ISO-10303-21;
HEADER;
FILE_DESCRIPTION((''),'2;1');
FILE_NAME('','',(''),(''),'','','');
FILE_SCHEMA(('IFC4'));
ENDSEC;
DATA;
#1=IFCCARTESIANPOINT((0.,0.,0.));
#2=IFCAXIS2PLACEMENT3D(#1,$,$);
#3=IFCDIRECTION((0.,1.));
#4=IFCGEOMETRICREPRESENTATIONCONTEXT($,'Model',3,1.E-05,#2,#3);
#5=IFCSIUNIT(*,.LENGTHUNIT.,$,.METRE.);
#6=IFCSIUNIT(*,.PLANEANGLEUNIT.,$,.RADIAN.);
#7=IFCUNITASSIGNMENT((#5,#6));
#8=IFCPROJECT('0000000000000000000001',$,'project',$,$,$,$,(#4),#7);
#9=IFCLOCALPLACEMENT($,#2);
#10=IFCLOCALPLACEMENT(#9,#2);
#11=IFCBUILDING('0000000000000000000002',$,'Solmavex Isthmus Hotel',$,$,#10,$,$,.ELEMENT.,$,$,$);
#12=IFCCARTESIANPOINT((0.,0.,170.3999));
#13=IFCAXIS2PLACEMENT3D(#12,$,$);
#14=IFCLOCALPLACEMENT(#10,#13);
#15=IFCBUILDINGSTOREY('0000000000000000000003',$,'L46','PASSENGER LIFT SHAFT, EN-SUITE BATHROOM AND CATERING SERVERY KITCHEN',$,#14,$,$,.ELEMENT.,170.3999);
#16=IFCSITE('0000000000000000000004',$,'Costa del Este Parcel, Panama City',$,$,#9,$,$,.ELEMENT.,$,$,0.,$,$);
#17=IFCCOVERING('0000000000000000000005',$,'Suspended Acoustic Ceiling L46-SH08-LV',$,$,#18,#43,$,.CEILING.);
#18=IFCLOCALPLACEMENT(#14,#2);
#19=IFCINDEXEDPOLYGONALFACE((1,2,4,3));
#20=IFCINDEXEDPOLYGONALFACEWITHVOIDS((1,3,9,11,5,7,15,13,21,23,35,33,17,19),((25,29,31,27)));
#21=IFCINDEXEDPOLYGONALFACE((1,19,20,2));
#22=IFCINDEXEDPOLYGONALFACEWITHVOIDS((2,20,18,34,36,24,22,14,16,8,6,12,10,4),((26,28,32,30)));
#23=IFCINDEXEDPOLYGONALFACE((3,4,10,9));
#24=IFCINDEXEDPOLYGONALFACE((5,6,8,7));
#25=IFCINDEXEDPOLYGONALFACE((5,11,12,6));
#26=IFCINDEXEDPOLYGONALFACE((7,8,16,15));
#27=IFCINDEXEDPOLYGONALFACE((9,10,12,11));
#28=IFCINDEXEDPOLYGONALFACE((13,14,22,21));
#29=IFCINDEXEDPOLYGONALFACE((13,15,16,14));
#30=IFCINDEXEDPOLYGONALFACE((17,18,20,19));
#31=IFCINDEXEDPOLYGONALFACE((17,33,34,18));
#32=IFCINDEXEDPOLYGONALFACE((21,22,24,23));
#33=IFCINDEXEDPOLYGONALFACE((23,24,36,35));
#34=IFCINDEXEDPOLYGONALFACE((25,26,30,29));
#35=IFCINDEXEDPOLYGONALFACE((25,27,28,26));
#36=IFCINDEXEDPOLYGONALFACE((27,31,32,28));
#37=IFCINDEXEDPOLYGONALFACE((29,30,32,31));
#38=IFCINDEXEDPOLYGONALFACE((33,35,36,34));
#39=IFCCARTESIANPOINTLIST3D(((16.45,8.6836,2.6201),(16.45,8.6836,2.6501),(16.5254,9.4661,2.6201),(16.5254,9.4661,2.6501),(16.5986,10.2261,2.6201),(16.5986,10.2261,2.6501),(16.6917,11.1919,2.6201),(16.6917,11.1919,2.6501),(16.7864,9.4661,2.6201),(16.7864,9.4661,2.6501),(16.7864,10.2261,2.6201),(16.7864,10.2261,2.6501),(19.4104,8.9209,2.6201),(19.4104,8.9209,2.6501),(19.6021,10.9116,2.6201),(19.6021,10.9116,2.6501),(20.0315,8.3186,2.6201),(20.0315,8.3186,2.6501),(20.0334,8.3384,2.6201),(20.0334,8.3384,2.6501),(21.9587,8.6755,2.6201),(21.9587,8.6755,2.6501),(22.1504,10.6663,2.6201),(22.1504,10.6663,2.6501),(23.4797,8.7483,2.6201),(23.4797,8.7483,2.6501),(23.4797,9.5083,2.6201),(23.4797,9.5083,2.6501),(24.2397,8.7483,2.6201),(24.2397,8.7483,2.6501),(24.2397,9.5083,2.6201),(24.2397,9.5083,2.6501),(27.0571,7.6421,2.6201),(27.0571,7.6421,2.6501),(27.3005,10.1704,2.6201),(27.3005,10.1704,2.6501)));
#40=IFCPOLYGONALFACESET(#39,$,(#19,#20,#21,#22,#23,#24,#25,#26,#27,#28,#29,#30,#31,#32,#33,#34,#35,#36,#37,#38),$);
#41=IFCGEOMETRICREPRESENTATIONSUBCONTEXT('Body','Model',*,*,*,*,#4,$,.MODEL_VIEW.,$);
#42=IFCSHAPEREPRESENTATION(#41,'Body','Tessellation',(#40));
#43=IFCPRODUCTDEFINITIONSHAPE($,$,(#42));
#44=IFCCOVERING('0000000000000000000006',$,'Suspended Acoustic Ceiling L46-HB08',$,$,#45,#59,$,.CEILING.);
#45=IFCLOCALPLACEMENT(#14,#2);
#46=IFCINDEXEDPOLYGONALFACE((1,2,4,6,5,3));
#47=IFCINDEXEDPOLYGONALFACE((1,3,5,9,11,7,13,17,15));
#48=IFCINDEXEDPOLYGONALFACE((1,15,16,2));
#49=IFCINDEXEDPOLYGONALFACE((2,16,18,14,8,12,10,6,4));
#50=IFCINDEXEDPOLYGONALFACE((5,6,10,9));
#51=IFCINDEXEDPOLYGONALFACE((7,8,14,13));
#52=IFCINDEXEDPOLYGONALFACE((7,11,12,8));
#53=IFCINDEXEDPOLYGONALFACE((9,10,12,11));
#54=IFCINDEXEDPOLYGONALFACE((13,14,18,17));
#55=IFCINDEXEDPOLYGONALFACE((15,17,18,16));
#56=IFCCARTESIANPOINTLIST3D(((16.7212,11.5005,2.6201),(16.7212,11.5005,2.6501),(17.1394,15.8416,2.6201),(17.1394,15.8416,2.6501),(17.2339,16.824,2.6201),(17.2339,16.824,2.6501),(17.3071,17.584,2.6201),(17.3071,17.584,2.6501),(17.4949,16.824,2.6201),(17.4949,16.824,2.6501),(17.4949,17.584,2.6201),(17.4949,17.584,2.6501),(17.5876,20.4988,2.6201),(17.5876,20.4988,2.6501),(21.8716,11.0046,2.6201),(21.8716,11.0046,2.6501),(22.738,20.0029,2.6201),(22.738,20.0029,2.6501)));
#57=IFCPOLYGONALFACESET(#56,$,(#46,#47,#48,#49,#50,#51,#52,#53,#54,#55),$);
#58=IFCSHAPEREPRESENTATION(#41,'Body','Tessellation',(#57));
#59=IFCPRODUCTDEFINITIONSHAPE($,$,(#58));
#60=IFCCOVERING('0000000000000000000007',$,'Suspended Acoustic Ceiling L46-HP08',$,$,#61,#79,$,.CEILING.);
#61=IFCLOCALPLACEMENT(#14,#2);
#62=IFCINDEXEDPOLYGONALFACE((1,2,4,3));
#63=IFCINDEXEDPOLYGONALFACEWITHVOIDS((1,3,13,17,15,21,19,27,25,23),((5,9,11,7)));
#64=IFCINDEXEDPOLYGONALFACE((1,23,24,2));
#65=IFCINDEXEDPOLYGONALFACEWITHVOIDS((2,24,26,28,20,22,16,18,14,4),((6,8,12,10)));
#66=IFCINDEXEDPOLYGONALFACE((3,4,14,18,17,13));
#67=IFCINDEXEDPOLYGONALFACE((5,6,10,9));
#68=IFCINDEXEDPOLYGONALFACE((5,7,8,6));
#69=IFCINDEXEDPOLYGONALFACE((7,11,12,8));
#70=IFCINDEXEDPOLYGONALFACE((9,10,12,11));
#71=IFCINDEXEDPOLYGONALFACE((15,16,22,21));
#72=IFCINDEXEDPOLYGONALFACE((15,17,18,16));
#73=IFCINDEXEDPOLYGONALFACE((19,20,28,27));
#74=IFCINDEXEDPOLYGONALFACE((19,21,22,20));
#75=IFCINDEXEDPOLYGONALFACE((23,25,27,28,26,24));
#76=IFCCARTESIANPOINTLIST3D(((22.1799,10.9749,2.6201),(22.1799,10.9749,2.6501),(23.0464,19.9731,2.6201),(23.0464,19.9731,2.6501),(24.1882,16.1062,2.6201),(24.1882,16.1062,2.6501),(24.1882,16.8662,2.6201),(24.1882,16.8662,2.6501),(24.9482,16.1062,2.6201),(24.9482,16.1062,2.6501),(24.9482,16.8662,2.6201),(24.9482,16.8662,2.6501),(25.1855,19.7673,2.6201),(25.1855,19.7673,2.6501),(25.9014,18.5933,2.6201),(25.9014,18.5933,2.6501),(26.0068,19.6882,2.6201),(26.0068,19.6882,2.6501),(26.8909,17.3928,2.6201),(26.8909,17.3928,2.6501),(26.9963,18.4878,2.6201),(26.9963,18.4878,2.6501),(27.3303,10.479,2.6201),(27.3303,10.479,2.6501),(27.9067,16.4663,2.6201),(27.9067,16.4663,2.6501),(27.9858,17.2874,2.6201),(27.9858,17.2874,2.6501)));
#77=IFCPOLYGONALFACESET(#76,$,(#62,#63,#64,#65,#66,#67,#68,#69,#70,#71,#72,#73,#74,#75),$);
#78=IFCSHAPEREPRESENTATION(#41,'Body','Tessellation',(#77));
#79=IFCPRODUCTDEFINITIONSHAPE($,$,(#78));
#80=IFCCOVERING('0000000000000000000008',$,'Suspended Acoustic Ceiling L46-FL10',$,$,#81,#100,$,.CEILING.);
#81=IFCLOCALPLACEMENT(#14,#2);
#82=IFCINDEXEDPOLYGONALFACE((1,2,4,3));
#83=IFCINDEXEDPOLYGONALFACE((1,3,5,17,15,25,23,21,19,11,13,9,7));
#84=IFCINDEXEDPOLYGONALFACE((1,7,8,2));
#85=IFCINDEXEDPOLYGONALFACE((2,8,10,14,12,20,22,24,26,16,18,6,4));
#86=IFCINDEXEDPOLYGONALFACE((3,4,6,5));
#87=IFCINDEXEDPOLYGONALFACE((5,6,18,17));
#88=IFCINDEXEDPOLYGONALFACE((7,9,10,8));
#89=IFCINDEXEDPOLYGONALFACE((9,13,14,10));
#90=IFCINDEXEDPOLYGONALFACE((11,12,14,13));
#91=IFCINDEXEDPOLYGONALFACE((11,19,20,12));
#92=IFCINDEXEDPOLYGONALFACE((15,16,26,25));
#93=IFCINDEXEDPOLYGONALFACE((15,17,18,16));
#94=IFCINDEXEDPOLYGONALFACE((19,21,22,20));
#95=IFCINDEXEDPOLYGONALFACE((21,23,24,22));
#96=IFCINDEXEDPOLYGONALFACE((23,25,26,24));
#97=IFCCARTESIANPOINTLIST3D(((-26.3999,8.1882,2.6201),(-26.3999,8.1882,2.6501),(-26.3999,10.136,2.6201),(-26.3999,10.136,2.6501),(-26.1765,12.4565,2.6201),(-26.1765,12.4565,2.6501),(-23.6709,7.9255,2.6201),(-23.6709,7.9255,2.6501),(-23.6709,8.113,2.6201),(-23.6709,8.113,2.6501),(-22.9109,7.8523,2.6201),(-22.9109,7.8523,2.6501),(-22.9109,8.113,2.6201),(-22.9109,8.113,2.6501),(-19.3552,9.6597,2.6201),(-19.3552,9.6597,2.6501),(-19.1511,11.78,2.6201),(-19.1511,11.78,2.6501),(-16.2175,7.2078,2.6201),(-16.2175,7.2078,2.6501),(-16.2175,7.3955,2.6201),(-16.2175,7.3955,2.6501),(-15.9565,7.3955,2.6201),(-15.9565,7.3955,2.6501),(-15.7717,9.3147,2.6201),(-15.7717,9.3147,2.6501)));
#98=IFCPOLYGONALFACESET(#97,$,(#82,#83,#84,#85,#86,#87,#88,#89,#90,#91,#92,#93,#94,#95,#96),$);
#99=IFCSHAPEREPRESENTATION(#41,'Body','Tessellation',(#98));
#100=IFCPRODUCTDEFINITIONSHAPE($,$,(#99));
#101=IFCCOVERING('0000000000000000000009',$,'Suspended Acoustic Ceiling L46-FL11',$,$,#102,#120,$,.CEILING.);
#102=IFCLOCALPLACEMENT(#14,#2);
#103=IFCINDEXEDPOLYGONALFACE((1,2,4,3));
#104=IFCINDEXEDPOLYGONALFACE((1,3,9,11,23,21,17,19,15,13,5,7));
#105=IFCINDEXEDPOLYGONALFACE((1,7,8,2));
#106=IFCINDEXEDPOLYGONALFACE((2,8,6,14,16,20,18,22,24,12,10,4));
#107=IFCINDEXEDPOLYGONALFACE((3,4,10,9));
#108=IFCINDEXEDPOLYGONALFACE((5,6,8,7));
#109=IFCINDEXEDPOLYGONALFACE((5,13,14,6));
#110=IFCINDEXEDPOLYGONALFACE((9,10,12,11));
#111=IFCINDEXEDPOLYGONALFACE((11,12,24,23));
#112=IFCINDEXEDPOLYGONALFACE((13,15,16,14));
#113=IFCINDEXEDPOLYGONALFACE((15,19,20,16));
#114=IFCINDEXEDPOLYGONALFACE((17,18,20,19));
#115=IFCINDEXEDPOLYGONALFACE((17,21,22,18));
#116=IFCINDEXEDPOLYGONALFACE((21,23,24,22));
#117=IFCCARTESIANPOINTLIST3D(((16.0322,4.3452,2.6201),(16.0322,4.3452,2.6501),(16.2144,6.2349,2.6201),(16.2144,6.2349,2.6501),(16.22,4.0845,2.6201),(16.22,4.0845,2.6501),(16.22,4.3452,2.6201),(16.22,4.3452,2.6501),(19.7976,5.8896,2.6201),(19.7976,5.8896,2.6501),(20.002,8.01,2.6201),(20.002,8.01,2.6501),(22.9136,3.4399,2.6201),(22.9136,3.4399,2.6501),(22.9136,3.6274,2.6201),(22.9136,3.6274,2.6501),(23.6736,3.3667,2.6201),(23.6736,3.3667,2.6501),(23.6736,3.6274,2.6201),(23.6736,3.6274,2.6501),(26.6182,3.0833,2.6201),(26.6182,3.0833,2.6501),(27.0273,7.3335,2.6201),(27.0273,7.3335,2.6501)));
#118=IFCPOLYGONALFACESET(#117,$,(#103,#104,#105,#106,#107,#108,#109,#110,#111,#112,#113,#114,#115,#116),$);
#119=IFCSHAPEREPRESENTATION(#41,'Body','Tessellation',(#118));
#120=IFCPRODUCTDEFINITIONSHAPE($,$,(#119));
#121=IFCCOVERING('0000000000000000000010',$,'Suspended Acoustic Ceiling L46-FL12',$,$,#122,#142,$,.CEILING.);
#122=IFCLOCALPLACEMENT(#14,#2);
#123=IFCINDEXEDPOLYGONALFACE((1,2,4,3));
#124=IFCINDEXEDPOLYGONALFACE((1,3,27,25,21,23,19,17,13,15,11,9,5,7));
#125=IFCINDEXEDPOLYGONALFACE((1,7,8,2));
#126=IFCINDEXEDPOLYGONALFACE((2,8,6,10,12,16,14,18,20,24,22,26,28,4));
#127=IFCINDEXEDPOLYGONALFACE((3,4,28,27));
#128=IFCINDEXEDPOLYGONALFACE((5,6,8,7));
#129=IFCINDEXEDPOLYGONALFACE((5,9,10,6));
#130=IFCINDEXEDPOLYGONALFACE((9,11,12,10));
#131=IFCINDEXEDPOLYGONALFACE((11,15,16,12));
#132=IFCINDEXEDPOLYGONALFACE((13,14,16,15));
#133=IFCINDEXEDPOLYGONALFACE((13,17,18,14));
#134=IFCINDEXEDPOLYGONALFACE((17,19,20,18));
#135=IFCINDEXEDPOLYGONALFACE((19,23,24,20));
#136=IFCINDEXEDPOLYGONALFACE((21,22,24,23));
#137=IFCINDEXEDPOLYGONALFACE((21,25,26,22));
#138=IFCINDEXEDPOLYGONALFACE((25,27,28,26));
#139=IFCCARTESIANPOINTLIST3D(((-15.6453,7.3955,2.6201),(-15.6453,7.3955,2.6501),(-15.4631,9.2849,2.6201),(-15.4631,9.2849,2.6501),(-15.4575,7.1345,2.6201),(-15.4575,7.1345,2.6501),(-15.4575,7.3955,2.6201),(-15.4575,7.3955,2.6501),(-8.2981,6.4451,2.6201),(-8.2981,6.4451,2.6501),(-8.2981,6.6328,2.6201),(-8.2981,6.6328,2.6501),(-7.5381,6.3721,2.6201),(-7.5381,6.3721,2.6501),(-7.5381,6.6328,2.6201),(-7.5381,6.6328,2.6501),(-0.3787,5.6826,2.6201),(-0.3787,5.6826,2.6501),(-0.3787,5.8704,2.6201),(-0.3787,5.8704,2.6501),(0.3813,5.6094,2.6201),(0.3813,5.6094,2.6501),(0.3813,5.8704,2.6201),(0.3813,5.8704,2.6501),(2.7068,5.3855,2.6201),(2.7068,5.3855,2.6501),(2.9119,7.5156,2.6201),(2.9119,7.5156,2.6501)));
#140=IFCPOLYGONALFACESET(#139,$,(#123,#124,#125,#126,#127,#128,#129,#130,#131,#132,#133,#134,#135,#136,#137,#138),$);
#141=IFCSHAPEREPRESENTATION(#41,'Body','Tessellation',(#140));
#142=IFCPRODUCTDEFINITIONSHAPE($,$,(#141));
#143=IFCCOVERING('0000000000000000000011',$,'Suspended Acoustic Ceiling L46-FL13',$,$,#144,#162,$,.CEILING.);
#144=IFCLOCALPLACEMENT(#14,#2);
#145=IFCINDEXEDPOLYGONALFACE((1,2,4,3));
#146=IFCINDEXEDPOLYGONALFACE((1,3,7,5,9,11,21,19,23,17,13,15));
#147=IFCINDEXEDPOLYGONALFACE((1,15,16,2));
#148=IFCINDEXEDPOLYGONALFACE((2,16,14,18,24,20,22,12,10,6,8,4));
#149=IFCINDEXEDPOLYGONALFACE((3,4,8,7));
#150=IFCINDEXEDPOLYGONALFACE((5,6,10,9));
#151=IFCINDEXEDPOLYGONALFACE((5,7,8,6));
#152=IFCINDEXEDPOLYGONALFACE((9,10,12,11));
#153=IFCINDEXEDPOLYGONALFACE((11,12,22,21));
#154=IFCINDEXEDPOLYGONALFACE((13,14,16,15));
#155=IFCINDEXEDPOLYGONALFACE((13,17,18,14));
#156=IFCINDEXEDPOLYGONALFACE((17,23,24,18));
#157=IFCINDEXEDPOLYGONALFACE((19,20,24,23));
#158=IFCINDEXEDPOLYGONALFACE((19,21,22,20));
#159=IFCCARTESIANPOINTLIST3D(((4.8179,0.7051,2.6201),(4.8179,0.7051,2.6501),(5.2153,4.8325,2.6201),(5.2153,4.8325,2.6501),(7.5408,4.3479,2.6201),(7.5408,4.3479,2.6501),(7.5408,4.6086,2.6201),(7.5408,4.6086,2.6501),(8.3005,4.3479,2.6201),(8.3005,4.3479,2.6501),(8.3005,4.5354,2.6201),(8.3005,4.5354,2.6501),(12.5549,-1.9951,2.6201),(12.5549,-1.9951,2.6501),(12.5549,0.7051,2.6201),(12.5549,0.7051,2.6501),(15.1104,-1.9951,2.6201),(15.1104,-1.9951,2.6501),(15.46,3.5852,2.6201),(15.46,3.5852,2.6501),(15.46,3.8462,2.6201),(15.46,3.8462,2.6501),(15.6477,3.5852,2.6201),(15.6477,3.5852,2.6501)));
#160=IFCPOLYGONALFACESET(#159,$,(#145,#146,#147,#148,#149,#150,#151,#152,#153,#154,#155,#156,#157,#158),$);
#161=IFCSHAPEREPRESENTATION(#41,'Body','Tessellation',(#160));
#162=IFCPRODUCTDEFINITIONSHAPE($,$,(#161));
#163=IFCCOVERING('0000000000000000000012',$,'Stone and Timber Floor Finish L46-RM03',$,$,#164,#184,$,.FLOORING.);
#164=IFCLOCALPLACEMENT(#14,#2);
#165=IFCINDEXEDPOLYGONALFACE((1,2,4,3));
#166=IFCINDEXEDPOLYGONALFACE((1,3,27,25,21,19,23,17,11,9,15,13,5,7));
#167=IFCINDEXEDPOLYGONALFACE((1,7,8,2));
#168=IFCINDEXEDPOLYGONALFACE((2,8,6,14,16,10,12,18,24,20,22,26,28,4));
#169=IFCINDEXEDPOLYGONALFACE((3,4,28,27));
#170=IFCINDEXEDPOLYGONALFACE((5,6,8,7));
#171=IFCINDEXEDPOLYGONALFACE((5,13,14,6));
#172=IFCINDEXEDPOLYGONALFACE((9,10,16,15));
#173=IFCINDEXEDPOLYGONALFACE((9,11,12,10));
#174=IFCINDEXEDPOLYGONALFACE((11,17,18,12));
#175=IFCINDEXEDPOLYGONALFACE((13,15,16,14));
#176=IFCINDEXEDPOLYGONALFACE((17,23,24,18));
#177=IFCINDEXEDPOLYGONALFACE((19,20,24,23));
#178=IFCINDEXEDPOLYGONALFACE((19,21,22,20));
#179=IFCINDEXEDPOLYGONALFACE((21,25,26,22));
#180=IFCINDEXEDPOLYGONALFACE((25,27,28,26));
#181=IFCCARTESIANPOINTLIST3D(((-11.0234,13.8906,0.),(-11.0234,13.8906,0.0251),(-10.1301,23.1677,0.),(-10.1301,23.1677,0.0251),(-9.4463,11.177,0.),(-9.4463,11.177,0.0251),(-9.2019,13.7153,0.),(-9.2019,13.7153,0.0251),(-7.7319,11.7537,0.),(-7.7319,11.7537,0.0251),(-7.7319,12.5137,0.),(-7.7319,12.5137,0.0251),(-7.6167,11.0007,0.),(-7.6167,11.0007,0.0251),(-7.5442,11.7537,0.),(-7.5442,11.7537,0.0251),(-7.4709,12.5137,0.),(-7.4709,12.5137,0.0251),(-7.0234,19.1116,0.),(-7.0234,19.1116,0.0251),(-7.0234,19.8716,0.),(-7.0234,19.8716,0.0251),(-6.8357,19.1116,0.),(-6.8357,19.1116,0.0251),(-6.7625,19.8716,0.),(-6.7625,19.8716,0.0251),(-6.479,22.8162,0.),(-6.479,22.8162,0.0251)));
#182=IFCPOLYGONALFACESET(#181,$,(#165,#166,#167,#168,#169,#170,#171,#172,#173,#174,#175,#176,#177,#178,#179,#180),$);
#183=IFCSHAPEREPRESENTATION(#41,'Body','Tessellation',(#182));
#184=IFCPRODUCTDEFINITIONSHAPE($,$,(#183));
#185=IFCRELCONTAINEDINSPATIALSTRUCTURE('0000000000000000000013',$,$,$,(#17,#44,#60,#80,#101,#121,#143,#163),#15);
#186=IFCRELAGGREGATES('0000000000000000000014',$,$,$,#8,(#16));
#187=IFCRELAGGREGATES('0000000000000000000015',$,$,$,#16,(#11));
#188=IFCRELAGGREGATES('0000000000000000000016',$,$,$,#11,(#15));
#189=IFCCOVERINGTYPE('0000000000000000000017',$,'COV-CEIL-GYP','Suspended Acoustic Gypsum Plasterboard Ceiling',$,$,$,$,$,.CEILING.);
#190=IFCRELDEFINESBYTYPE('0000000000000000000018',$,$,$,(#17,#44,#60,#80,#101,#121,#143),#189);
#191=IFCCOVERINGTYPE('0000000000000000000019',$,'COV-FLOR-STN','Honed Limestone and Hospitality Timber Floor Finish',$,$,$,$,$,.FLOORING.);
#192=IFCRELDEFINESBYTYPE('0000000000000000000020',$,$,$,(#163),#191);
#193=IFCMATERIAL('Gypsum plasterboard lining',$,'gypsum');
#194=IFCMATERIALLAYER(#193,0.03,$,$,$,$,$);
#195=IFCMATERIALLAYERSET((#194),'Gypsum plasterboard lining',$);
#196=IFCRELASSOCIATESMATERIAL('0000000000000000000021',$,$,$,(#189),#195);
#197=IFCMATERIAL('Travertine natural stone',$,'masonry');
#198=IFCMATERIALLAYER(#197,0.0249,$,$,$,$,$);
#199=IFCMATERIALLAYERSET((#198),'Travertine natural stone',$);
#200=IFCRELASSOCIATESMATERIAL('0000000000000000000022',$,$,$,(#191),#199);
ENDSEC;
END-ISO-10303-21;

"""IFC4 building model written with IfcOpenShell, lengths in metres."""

from ifc_helpers import new_model, si_unit, direction, frame, origin, place, context, subcontext, project, spatial, polyline, outline, extrude, material, layer, layer_set, type_object, element, save


model = new_model("IFC4")

# Units and contexts
model_context = context("Model", 3, precision=1e-05, world=origin(), true_north=direction((0.0, 1.0)))
body_context = subcontext(model_context, "Body", "Model", "MODEL_VIEW")
ifc_project = project(units=[si_unit("LENGTHUNIT", "METRE"), si_unit("PLANEANGLEUNIT", "RADIAN")], contexts=[model_context])

# Site, building, storey
site_placement = place(None, origin())
site = spatial("IfcSite", under=ifc_project, at=site_placement, Name="Costa del Este Parcel, Panama City", CompositionType="ELEMENT", RefElevation=0.0)
building_placement = place(site_placement, origin())
building = spatial("IfcBuilding", under=site, at=building_placement, Name="Solmavex Isthmus Hotel", CompositionType="ELEMENT")
storey_placement = place(building_placement, frame((0.0, 0.0, 170.3999)))
storey = spatial("IfcBuildingStorey", under=building, at=storey_placement, Name="L46", Description="PASSENGER LIFT SHAFT, EN-SUITE BATHROOM AND CATERING SERVERY KITCHEN", CompositionType="ELEMENT", Elevation=170.3999)

# Shared definitions
ifc_material_1 = material(Name="Gypsum plasterboard lining", Category="gypsum")

# Coverings
ifc_layer_1 = layer(ifc_material_1, 0.03)
ifc_layer_set_1 = layer_set([ifc_layer_1], Name="Gypsum plasterboard lining")
covering_type_1 = type_object("IfcCoveringType", Name="COV-CEIL-GYP", Description="Suspended Acoustic Gypsum Plasterboard Ceiling", PredefinedType="CEILING", material=ifc_layer_set_1)
covering_1_placement = place(storey_placement, frame((0.0, 0.0, 2.6201)))
element("IfcCovering", 1, at=covering_1_placement, inside=storey, type_object=covering_type_1, Name="Suspended Acoustic Ceiling L46-SH08-LV", PredefinedType="CEILING", context=body_context, shape_type="SweptSolid", body=[
    extrude(outline(polyline([(16.5986, 10.2261), (16.7864, 10.2261), (16.7864, 9.4661), (16.5254, 9.4661), (16.45, 8.6836), (20.0334, 8.3384), (20.0315, 8.3186), (27.0571, 7.6421), (27.3005, 10.1704), (22.1504, 10.6663), (21.9587, 8.6755), (19.4104, 8.9209), (19.6021, 10.9116), (16.6917, 11.1919), (16.5986, 10.2261)]), holes=[polyline([(23.4797, 8.7483), (23.4797, 9.5083), (24.2397, 9.5083), (24.2397, 8.7483), (23.4797, 8.7483)])]), origin(), (0.0, 0.0, 1.0), 0.03),
])
covering_2_placement = place(storey_placement, frame((0.0, 0.0, 2.6201)))
element("IfcCovering", 2, at=covering_2_placement, inside=storey, type_object=covering_type_1, Name="Suspended Acoustic Ceiling L46-HB08", PredefinedType="CEILING", context=body_context, shape_type="SweptSolid", body=[
    extrude(outline(polyline([(17.3071, 17.584), (17.4949, 17.584), (17.4949, 16.824), (17.2339, 16.824), (17.1394, 15.8416), (16.7212, 11.5005), (21.8716, 11.0046), (22.738, 20.0029), (17.5876, 20.4988), (17.3071, 17.584)])), origin(), (0.0, 0.0, 1.0), 0.03),
])
covering_3_placement = place(storey_placement, frame((0.0, 0.0, 2.6201)))
element("IfcCovering", 3, at=covering_3_placement, inside=storey, type_object=covering_type_1, Name="Suspended Acoustic Ceiling L46-HP08", PredefinedType="CEILING", context=body_context, shape_type="SweptSolid", body=[
    extrude(outline(polyline([(26.0068, 19.6882), (25.1855, 19.7673), (23.0464, 19.9731), (22.1799, 10.9749), (27.3303, 10.479), (27.9067, 16.4663), (27.9858, 17.2874), (26.8909, 17.3928), (26.9963, 18.4878), (25.9014, 18.5933), (26.0068, 19.6882)]), holes=[polyline([(24.1882, 16.1062), (24.1882, 16.8662), (24.9482, 16.8662), (24.9482, 16.1062), (24.1882, 16.1062)])]), origin(), (0.0, 0.0, 1.0), 0.03),
])
covering_4_placement = place(storey_placement, frame((0.0, 0.0, 2.6201)))
element("IfcCovering", 4, at=covering_4_placement, inside=storey, type_object=covering_type_1, Name="Suspended Acoustic Ceiling L46-FL10", PredefinedType="CEILING", context=body_context, shape_type="SweptSolid", body=[
    extrude(outline(polyline([(-16.2175, 7.2078), (-16.2175, 7.3955), (-15.9565, 7.3955), (-15.7717, 9.3147), (-19.3552, 9.6597), (-19.1511, 11.78), (-26.1765, 12.4565), (-26.3999, 10.136), (-26.3999, 8.1882), (-23.6709, 7.9255), (-23.6709, 8.113), (-22.9109, 8.113), (-22.9109, 7.8523), (-16.2175, 7.2078)])), origin(), (0.0, 0.0, 1.0), 0.03),
])
covering_5_placement = place(storey_placement, frame((0.0, 0.0, 2.6201)))
element("IfcCovering", 5, at=covering_5_placement, inside=storey, type_object=covering_type_1, Name="Suspended Acoustic Ceiling L46-FL11", PredefinedType="CEILING", context=body_context, shape_type="SweptSolid", body=[
    extrude(outline(polyline([(22.9136, 3.4399), (22.9136, 3.6274), (23.6736, 3.6274), (23.6736, 3.3667), (26.6182, 3.0833), (27.0273, 7.3335), (20.002, 8.01), (19.7976, 5.8896), (16.2144, 6.2349), (16.0322, 4.3452), (16.22, 4.3452), (16.22, 4.0845), (22.9136, 3.4399)])), origin(), (0.0, 0.0, 1.0), 0.03),
])
covering_6_placement = place(storey_placement, frame((0.0, 0.0, 2.6201)))
element("IfcCovering", 6, at=covering_6_placement, inside=storey, type_object=covering_type_1, Name="Suspended Acoustic Ceiling L46-FL12", PredefinedType="CEILING", context=body_context, shape_type="SweptSolid", body=[
    extrude(outline(polyline([(-0.3787, 5.6826), (-0.3787, 5.8704), (0.3813, 5.8704), (0.3813, 5.6094), (2.7068, 5.3855), (2.9119, 7.5156), (-15.4631, 9.2849), (-15.6453, 7.3955), (-15.4575, 7.3955), (-15.4575, 7.1345), (-8.2981, 6.4451), (-8.2981, 6.6328), (-7.5381, 6.6328), (-7.5381, 6.3721), (-0.3787, 5.6826)])), origin(), (0.0, 0.0, 1.0), 0.03),
])
covering_7_placement = place(storey_placement, frame((0.0, 0.0, 2.6201)))
element("IfcCovering", 7, at=covering_7_placement, inside=storey, type_object=covering_type_1, Name="Suspended Acoustic Ceiling L46-FL13", PredefinedType="CEILING", context=body_context, shape_type="SweptSolid", body=[
    extrude(outline(polyline([(8.3005, 4.5354), (8.3005, 4.3479), (7.5408, 4.3479), (7.5408, 4.6086), (5.2153, 4.8325), (4.8179, 0.7051), (12.5549, 0.7051), (12.5549, -1.9951), (15.1104, -1.9951), (15.6477, 3.5852), (15.46, 3.5852), (15.46, 3.8462), (8.3005, 4.5354)])), origin(), (0.0, 0.0, 1.0), 0.03),
])
ifc_material_2 = material(Name="Travertine natural stone", Category="masonry")
ifc_layer_2 = layer(ifc_material_2, 0.0249)
ifc_layer_set_2 = layer_set([ifc_layer_2], Name="Travertine natural stone")
covering_type_2 = type_object("IfcCoveringType", Name="COV-FLOR-STN", Description="Honed Limestone and Hospitality Timber Floor Finish", PredefinedType="FLOORING", material=ifc_layer_set_2)
covering_8_placement = place(storey_placement, origin())
element("IfcCovering", 8, at=covering_8_placement, inside=storey, type_object=covering_type_2, Name="Stone and Timber Floor Finish L46-RM03", PredefinedType="FLOORING", context=body_context, shape_type="SweptSolid", body=[
    extrude(outline(polyline([(-6.8357, 19.1116), (-7.0234, 19.1116), (-7.0234, 19.8716), (-6.7625, 19.8716), (-6.479, 22.8162), (-10.1301, 23.1677), (-11.0234, 13.8906), (-9.2019, 13.7153), (-9.4463, 11.177), (-7.6167, 11.0007), (-7.5442, 11.7537), (-7.7319, 11.7537), (-7.7319, 12.5137), (-7.4709, 12.5137), (-6.8357, 19.1116)])), origin(), (0.0, 0.0, 1.0), 0.0251),
])

save(model, "model.ifc")
